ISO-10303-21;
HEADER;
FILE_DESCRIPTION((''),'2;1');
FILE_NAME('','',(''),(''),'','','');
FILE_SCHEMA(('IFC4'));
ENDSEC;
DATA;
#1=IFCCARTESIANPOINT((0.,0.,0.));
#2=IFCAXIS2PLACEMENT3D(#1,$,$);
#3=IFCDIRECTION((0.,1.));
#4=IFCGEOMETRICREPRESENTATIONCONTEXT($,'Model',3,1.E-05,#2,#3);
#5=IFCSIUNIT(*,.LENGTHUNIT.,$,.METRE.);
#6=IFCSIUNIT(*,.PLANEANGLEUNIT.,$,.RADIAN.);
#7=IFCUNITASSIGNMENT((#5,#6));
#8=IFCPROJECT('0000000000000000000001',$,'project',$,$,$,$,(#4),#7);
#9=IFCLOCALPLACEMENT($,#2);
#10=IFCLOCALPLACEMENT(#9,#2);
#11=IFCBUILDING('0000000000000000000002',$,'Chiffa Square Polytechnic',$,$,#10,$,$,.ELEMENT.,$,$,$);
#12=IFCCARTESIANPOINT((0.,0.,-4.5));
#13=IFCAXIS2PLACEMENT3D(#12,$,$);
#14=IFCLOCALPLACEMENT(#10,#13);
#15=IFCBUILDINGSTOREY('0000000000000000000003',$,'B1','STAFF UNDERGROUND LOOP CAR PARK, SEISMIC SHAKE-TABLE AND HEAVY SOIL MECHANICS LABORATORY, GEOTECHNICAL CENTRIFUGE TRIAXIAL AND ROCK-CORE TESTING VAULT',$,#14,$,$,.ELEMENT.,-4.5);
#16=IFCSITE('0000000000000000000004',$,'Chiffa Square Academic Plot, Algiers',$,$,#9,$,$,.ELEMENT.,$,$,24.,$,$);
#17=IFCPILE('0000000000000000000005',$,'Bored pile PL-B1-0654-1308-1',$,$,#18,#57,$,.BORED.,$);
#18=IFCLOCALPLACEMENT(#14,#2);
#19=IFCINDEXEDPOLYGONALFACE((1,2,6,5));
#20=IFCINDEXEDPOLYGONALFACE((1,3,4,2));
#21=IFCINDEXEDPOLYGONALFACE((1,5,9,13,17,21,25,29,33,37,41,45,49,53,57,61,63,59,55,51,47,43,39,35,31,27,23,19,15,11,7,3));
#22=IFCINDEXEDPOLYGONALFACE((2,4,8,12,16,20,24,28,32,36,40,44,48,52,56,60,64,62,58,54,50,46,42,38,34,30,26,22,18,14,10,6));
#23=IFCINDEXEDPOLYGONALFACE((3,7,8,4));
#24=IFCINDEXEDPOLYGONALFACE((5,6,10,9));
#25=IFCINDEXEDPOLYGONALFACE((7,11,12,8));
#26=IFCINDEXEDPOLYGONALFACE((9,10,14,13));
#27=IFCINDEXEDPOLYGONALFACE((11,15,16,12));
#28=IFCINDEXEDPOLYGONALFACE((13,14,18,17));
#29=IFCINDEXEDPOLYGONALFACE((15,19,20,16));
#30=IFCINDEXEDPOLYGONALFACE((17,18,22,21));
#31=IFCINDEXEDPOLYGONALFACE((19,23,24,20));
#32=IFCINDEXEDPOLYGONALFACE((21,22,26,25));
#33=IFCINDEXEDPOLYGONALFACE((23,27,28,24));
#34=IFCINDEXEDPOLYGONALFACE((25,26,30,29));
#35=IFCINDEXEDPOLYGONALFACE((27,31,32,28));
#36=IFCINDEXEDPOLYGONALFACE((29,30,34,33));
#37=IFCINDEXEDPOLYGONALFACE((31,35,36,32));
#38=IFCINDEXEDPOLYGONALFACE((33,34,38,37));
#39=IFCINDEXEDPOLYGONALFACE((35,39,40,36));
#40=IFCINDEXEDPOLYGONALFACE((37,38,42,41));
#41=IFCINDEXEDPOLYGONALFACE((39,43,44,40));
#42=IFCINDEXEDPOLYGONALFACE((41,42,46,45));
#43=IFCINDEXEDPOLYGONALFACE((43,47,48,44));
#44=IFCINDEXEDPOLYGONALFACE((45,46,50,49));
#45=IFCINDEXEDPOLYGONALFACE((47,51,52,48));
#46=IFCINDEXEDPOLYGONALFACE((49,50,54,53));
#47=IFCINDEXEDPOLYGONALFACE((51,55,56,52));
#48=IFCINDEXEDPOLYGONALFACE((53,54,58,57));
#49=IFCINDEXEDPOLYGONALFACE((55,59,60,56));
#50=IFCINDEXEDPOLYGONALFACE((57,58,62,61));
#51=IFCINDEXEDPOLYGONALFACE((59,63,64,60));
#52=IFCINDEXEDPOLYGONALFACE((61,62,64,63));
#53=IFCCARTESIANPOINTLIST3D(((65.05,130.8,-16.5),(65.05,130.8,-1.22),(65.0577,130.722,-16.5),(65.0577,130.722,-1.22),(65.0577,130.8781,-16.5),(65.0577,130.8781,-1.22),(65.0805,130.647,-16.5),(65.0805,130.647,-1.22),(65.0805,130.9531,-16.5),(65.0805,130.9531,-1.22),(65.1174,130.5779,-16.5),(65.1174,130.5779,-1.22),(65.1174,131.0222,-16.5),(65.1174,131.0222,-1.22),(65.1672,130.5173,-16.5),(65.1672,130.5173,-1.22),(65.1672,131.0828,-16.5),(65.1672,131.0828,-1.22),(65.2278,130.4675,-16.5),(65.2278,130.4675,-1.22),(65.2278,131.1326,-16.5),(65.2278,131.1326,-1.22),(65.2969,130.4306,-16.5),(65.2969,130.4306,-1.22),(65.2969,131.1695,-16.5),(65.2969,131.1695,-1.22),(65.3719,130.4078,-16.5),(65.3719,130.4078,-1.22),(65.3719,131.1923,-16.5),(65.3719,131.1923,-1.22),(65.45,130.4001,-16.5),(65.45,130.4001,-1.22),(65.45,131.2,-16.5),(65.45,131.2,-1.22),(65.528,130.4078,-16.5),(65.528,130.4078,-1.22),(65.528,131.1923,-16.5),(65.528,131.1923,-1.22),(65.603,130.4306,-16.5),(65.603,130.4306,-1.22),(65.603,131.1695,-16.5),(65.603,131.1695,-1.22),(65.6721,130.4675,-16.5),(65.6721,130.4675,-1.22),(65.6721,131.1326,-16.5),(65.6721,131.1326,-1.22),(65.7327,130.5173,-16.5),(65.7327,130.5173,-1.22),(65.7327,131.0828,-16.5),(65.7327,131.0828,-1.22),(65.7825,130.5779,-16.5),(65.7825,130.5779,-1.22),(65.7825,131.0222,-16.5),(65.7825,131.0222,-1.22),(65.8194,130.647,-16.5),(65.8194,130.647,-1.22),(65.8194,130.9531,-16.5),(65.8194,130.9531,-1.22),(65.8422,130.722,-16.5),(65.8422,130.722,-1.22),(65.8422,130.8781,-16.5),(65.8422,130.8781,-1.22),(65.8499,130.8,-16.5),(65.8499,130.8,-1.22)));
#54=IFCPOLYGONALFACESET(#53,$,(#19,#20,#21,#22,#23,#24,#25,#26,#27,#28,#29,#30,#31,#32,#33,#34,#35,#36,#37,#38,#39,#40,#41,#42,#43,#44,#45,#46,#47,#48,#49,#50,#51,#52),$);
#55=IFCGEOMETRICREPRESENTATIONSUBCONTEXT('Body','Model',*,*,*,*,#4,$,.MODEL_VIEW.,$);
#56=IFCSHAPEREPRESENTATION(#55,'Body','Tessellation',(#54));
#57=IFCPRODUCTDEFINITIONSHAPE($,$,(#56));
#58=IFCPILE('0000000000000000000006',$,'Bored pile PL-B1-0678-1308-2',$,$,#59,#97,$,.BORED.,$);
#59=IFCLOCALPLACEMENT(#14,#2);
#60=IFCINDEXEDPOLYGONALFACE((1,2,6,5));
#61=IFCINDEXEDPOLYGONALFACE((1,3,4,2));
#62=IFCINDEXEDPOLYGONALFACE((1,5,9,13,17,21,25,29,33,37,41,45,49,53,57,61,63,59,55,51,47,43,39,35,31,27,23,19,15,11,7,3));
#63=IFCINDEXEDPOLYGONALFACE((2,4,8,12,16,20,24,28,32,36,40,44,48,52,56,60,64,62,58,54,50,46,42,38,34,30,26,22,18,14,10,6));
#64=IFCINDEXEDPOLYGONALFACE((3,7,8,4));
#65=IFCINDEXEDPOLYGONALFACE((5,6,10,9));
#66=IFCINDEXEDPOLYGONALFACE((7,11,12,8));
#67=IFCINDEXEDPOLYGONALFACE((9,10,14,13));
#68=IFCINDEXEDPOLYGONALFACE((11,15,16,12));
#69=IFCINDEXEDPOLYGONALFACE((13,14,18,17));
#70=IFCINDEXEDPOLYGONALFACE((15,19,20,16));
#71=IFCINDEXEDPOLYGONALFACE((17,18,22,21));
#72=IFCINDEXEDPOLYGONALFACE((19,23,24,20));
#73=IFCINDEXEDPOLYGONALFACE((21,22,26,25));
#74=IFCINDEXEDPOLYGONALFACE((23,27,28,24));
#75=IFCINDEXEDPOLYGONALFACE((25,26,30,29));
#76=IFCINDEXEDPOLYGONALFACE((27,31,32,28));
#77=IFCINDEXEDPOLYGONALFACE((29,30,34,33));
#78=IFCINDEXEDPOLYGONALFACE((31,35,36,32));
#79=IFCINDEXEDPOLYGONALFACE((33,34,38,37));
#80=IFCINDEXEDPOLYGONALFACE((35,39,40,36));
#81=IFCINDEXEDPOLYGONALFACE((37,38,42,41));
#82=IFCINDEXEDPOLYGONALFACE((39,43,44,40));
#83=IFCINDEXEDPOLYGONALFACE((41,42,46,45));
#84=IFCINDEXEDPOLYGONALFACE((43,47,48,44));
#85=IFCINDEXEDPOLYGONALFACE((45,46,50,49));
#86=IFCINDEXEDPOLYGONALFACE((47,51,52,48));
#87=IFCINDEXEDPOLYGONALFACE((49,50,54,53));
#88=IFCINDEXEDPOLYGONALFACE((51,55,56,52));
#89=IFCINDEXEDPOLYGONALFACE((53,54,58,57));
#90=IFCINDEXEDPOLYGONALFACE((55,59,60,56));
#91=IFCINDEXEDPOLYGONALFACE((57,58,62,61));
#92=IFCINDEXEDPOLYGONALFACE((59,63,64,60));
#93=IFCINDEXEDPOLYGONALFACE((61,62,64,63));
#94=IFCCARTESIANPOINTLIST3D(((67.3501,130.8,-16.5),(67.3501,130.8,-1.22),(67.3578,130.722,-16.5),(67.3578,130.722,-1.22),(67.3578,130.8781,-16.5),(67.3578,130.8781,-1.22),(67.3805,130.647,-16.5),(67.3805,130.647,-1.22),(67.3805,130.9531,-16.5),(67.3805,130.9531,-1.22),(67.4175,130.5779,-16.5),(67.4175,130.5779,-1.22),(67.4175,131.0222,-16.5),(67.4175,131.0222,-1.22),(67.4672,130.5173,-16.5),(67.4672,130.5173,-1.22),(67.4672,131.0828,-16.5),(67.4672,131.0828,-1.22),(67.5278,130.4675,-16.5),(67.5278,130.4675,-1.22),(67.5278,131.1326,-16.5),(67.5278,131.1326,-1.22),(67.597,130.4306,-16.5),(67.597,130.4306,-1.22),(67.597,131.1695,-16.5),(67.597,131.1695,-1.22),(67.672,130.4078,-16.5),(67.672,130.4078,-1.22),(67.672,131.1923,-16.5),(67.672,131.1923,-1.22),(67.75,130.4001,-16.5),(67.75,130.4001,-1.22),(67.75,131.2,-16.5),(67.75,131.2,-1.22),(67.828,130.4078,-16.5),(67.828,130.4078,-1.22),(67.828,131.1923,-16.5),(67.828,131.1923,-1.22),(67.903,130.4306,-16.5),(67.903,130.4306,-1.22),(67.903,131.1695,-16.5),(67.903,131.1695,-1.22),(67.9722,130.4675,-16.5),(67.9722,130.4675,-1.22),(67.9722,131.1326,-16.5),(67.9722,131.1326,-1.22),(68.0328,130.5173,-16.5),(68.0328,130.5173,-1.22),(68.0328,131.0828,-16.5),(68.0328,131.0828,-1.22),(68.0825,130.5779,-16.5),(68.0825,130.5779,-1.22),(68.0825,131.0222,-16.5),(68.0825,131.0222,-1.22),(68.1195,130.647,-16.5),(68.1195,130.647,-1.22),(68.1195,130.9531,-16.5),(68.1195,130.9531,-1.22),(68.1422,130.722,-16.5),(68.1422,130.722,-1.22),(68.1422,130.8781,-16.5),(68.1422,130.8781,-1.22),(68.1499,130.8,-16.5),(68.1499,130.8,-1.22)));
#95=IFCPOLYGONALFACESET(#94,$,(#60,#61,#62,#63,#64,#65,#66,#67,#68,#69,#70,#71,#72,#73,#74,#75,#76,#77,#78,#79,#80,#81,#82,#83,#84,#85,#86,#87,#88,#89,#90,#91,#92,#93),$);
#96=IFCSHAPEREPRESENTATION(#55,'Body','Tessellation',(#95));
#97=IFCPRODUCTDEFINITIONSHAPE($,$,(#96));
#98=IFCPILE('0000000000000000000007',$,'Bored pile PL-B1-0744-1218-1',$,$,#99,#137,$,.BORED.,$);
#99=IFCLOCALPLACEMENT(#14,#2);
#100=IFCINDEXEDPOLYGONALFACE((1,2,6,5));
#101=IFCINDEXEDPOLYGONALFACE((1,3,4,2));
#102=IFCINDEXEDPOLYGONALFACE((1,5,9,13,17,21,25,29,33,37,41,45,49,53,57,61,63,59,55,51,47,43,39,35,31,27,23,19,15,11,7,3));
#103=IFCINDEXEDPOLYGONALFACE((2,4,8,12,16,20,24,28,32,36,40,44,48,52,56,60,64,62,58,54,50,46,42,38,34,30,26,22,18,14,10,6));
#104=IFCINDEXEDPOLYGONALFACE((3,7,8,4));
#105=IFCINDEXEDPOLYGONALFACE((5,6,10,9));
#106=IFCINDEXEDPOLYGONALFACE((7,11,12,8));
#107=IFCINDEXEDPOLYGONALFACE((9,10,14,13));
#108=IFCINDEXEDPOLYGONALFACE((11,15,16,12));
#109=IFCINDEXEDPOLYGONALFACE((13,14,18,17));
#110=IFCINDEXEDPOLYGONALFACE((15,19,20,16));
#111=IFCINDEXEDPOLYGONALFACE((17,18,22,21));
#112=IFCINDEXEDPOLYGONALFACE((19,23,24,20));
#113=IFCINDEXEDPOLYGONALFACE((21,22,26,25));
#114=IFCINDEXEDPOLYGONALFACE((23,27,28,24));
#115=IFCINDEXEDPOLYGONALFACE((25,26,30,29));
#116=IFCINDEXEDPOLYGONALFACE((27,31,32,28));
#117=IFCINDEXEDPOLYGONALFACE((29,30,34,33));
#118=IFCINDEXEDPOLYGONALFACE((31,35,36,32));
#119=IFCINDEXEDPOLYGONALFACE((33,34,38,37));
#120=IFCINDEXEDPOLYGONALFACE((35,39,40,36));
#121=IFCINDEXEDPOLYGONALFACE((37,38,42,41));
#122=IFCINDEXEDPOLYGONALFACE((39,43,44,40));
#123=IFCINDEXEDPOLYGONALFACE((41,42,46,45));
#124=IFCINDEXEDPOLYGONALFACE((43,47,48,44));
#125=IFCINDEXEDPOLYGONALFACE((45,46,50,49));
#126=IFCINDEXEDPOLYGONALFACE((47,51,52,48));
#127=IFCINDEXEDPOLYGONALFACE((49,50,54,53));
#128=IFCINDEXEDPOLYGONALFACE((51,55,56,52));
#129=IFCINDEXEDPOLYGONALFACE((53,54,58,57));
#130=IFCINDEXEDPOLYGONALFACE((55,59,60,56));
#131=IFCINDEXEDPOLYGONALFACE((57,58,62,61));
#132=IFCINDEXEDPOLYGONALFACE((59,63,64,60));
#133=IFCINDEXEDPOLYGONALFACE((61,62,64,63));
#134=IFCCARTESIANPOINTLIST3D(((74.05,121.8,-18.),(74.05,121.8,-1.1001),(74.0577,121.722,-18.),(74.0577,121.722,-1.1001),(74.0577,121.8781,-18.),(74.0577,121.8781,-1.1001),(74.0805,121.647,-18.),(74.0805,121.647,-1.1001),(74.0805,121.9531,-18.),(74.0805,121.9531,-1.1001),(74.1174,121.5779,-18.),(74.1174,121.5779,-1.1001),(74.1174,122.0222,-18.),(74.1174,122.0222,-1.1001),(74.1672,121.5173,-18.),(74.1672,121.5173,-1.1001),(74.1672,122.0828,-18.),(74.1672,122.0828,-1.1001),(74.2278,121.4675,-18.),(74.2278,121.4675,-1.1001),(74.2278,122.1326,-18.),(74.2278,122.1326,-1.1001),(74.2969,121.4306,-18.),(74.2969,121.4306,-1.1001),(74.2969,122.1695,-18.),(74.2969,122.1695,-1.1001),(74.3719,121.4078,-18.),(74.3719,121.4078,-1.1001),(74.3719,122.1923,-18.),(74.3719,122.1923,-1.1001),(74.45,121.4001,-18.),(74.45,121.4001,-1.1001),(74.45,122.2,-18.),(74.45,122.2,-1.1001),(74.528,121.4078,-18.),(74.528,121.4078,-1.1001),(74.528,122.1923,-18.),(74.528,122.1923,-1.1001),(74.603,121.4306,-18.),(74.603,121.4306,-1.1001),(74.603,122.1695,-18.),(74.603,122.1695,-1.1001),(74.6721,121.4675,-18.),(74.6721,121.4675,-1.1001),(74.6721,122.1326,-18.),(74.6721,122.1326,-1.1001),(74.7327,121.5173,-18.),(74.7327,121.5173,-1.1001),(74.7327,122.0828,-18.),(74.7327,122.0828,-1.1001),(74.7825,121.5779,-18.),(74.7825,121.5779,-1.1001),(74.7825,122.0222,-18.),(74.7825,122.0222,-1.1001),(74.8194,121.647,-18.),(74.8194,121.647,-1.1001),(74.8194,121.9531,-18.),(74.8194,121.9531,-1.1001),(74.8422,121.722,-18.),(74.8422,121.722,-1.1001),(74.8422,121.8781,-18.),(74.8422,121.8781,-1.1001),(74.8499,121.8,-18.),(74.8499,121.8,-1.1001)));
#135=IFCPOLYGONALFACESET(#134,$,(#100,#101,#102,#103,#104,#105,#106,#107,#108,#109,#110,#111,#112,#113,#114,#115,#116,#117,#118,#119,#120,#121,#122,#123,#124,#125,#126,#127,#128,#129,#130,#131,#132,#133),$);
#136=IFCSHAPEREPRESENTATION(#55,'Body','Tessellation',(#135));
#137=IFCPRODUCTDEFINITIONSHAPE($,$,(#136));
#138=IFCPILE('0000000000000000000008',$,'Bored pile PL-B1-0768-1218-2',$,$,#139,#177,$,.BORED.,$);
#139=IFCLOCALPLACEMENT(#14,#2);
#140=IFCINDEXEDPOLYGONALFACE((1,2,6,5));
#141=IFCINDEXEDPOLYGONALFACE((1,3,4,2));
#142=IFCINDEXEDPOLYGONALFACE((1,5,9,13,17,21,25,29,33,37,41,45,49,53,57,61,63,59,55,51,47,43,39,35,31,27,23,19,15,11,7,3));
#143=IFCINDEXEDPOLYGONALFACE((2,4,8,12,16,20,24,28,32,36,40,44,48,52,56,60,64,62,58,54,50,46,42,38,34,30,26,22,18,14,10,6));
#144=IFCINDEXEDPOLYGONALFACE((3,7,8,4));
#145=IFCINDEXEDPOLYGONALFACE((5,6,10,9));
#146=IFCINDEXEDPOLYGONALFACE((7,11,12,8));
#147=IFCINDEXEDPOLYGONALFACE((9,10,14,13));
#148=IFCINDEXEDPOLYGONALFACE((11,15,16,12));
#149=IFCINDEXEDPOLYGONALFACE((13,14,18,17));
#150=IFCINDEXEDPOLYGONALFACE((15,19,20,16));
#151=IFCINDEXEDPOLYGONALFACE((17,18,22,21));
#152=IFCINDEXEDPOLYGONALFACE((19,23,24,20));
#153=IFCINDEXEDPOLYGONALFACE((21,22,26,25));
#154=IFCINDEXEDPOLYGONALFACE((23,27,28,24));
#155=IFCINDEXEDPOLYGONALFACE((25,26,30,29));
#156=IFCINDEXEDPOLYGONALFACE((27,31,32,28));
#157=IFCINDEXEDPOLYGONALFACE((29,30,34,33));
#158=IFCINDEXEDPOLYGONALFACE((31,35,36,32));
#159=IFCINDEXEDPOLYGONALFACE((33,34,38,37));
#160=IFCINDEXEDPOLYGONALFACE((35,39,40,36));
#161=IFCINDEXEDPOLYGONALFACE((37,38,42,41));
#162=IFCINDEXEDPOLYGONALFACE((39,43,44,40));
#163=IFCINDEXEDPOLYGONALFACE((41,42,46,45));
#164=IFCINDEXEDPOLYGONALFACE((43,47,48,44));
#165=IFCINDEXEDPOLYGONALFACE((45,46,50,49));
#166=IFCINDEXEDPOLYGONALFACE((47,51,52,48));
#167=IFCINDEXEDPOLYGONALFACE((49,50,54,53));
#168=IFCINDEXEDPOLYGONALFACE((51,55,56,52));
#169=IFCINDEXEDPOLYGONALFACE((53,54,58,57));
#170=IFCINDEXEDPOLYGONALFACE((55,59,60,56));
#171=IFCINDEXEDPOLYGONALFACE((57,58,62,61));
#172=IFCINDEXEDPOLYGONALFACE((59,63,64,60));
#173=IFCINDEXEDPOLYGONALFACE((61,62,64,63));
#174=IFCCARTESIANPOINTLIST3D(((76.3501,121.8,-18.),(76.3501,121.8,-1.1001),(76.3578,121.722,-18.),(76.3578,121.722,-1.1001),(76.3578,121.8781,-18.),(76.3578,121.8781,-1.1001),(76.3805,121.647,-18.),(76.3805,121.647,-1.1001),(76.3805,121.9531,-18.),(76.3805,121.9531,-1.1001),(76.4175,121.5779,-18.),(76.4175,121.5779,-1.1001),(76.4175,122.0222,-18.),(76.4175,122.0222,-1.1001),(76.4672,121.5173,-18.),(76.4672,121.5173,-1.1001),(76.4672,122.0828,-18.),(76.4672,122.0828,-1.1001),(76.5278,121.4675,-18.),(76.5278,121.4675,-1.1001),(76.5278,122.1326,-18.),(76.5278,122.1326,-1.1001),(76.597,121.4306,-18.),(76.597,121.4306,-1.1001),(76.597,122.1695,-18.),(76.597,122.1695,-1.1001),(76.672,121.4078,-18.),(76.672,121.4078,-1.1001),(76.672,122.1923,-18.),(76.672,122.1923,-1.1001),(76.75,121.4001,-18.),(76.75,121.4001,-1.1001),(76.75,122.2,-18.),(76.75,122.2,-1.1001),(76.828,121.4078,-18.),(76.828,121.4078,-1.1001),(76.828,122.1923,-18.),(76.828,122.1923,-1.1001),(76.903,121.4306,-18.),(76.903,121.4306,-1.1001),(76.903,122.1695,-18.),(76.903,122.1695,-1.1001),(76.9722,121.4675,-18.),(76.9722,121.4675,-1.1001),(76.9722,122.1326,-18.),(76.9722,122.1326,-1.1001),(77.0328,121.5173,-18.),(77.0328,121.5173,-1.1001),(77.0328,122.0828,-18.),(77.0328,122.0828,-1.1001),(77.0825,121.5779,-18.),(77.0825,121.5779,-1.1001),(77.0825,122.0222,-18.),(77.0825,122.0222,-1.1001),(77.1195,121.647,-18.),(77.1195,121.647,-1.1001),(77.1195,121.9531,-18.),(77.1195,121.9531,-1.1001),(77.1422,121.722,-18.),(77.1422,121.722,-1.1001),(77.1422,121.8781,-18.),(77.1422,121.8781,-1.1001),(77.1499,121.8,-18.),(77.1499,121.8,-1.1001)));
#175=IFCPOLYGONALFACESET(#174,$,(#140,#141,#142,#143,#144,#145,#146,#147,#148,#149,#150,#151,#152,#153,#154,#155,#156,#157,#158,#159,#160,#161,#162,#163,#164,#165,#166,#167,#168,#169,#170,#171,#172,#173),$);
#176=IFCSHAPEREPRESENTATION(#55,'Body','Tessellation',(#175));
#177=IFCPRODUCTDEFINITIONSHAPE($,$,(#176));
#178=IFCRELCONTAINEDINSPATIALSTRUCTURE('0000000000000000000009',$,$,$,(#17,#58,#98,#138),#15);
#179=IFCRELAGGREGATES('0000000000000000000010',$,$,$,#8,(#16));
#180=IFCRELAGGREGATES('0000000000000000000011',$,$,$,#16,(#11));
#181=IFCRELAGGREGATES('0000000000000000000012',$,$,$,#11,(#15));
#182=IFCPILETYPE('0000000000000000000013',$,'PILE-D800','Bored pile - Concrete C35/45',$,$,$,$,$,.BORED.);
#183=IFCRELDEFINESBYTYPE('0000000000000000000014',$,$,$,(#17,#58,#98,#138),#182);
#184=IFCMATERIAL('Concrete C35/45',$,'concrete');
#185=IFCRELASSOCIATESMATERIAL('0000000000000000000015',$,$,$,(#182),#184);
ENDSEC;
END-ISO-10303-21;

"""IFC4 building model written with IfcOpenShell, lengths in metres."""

from ifc_helpers import new_model, si_unit, direction, frame, origin, origin_2d, place, context, subcontext, project, spatial, circle, extrude, material, material_profile, profile_set, type_object, element, save


model = new_model("IFC4")

# Units and contexts
model_context = context("Model", 3, precision=1e-05, world=origin(), true_north=direction((0.0, 1.0)))
body_context = subcontext(model_context, "Body", "Model", "MODEL_VIEW")
ifc_project = project(units=[si_unit("LENGTHUNIT", "METRE"), si_unit("PLANEANGLEUNIT", "RADIAN")], contexts=[model_context])

# Site, building, storey
site_placement = place(None, origin())
site = spatial("IfcSite", under=ifc_project, at=site_placement, Name="Chiffa Square Academic Plot, Algiers", CompositionType="ELEMENT", RefElevation=24.0)
building_placement = place(site_placement, origin())
building = spatial("IfcBuilding", under=site, at=building_placement, Name="Chiffa Square Polytechnic", CompositionType="ELEMENT")
storey_placement = place(building_placement, frame((0.0, 0.0, -4.5)))
storey = spatial("IfcBuildingStorey", under=building, at=storey_placement, Name="B1", Description="STAFF UNDERGROUND LOOP CAR PARK, SEISMIC SHAKE-TABLE AND HEAVY SOIL MECHANICS LABORATORY, GEOTECHNICAL CENTRIFUGE TRIAXIAL AND ROCK-CORE TESTING VAULT", CompositionType="ELEMENT", Elevation=-4.5)

# Shared definitions
ifc_material_1 = material(Name="Concrete C35/45", Category="concrete")

# Piles
ifc_material_profile_1 = material_profile(ifc_material_1, circle(Radius=0.3999, at=origin_2d()), Name="PILE D800")
ifc_profile_set_1 = profile_set([ifc_material_profile_1], Name="Concrete C35/45")
pile_type_1 = type_object("IfcPileType", Name="PILE-D800", Description="Bored pile - Concrete C35/45", PredefinedType="BORED", material=ifc_profile_set_1)
for number, where, z_axis, x_axis, name in (
    (1, (65.45, 130.8, -1.22), (0.0, 0.0, -1.0), (1.0, 0.0, 0.0), "Bored pile PL-B1-0654-1308-1"),
    (2, (67.75, 130.8, -1.22), (0.0, 0.0, -1.0), (1.0, 0.0, 0.0), "Bored pile PL-B1-0678-1308-2"),
):
    element("IfcPile", number, at=place(storey_placement, frame(where, z_axis=z_axis, x_axis=x_axis)), inside=storey, type_object=pile_type_1, Name=name, PredefinedType="BORED", context=body_context, shape_type="SweptSolid", body=[
        extrude(circle(Radius=0.3999, at=origin_2d()), origin(), (0.0, 0.0, 1.0), 15.28),
    ])
for number, where, z_axis, x_axis, name in (
    (3, (74.45, 121.8, -1.1001), (0.0, 0.0, -1.0), (1.0, 0.0, 0.0), "Bored pile PL-B1-0744-1218-1"),
    (4, (76.75, 121.8, -1.1001), (0.0, 0.0, -1.0), (1.0, 0.0, 0.0), "Bored pile PL-B1-0768-1218-2"),
):
    element("IfcPile", number, at=place(storey_placement, frame(where, z_axis=z_axis, x_axis=x_axis)), inside=storey, type_object=pile_type_1, Name=name, PredefinedType="BORED", context=body_context, shape_type="SweptSolid", body=[
        extrude(circle(Radius=0.3999, at=origin_2d()), origin(), (0.0, 0.0, 1.0), 16.8999),
    ])

save(model, "model.ifc")
